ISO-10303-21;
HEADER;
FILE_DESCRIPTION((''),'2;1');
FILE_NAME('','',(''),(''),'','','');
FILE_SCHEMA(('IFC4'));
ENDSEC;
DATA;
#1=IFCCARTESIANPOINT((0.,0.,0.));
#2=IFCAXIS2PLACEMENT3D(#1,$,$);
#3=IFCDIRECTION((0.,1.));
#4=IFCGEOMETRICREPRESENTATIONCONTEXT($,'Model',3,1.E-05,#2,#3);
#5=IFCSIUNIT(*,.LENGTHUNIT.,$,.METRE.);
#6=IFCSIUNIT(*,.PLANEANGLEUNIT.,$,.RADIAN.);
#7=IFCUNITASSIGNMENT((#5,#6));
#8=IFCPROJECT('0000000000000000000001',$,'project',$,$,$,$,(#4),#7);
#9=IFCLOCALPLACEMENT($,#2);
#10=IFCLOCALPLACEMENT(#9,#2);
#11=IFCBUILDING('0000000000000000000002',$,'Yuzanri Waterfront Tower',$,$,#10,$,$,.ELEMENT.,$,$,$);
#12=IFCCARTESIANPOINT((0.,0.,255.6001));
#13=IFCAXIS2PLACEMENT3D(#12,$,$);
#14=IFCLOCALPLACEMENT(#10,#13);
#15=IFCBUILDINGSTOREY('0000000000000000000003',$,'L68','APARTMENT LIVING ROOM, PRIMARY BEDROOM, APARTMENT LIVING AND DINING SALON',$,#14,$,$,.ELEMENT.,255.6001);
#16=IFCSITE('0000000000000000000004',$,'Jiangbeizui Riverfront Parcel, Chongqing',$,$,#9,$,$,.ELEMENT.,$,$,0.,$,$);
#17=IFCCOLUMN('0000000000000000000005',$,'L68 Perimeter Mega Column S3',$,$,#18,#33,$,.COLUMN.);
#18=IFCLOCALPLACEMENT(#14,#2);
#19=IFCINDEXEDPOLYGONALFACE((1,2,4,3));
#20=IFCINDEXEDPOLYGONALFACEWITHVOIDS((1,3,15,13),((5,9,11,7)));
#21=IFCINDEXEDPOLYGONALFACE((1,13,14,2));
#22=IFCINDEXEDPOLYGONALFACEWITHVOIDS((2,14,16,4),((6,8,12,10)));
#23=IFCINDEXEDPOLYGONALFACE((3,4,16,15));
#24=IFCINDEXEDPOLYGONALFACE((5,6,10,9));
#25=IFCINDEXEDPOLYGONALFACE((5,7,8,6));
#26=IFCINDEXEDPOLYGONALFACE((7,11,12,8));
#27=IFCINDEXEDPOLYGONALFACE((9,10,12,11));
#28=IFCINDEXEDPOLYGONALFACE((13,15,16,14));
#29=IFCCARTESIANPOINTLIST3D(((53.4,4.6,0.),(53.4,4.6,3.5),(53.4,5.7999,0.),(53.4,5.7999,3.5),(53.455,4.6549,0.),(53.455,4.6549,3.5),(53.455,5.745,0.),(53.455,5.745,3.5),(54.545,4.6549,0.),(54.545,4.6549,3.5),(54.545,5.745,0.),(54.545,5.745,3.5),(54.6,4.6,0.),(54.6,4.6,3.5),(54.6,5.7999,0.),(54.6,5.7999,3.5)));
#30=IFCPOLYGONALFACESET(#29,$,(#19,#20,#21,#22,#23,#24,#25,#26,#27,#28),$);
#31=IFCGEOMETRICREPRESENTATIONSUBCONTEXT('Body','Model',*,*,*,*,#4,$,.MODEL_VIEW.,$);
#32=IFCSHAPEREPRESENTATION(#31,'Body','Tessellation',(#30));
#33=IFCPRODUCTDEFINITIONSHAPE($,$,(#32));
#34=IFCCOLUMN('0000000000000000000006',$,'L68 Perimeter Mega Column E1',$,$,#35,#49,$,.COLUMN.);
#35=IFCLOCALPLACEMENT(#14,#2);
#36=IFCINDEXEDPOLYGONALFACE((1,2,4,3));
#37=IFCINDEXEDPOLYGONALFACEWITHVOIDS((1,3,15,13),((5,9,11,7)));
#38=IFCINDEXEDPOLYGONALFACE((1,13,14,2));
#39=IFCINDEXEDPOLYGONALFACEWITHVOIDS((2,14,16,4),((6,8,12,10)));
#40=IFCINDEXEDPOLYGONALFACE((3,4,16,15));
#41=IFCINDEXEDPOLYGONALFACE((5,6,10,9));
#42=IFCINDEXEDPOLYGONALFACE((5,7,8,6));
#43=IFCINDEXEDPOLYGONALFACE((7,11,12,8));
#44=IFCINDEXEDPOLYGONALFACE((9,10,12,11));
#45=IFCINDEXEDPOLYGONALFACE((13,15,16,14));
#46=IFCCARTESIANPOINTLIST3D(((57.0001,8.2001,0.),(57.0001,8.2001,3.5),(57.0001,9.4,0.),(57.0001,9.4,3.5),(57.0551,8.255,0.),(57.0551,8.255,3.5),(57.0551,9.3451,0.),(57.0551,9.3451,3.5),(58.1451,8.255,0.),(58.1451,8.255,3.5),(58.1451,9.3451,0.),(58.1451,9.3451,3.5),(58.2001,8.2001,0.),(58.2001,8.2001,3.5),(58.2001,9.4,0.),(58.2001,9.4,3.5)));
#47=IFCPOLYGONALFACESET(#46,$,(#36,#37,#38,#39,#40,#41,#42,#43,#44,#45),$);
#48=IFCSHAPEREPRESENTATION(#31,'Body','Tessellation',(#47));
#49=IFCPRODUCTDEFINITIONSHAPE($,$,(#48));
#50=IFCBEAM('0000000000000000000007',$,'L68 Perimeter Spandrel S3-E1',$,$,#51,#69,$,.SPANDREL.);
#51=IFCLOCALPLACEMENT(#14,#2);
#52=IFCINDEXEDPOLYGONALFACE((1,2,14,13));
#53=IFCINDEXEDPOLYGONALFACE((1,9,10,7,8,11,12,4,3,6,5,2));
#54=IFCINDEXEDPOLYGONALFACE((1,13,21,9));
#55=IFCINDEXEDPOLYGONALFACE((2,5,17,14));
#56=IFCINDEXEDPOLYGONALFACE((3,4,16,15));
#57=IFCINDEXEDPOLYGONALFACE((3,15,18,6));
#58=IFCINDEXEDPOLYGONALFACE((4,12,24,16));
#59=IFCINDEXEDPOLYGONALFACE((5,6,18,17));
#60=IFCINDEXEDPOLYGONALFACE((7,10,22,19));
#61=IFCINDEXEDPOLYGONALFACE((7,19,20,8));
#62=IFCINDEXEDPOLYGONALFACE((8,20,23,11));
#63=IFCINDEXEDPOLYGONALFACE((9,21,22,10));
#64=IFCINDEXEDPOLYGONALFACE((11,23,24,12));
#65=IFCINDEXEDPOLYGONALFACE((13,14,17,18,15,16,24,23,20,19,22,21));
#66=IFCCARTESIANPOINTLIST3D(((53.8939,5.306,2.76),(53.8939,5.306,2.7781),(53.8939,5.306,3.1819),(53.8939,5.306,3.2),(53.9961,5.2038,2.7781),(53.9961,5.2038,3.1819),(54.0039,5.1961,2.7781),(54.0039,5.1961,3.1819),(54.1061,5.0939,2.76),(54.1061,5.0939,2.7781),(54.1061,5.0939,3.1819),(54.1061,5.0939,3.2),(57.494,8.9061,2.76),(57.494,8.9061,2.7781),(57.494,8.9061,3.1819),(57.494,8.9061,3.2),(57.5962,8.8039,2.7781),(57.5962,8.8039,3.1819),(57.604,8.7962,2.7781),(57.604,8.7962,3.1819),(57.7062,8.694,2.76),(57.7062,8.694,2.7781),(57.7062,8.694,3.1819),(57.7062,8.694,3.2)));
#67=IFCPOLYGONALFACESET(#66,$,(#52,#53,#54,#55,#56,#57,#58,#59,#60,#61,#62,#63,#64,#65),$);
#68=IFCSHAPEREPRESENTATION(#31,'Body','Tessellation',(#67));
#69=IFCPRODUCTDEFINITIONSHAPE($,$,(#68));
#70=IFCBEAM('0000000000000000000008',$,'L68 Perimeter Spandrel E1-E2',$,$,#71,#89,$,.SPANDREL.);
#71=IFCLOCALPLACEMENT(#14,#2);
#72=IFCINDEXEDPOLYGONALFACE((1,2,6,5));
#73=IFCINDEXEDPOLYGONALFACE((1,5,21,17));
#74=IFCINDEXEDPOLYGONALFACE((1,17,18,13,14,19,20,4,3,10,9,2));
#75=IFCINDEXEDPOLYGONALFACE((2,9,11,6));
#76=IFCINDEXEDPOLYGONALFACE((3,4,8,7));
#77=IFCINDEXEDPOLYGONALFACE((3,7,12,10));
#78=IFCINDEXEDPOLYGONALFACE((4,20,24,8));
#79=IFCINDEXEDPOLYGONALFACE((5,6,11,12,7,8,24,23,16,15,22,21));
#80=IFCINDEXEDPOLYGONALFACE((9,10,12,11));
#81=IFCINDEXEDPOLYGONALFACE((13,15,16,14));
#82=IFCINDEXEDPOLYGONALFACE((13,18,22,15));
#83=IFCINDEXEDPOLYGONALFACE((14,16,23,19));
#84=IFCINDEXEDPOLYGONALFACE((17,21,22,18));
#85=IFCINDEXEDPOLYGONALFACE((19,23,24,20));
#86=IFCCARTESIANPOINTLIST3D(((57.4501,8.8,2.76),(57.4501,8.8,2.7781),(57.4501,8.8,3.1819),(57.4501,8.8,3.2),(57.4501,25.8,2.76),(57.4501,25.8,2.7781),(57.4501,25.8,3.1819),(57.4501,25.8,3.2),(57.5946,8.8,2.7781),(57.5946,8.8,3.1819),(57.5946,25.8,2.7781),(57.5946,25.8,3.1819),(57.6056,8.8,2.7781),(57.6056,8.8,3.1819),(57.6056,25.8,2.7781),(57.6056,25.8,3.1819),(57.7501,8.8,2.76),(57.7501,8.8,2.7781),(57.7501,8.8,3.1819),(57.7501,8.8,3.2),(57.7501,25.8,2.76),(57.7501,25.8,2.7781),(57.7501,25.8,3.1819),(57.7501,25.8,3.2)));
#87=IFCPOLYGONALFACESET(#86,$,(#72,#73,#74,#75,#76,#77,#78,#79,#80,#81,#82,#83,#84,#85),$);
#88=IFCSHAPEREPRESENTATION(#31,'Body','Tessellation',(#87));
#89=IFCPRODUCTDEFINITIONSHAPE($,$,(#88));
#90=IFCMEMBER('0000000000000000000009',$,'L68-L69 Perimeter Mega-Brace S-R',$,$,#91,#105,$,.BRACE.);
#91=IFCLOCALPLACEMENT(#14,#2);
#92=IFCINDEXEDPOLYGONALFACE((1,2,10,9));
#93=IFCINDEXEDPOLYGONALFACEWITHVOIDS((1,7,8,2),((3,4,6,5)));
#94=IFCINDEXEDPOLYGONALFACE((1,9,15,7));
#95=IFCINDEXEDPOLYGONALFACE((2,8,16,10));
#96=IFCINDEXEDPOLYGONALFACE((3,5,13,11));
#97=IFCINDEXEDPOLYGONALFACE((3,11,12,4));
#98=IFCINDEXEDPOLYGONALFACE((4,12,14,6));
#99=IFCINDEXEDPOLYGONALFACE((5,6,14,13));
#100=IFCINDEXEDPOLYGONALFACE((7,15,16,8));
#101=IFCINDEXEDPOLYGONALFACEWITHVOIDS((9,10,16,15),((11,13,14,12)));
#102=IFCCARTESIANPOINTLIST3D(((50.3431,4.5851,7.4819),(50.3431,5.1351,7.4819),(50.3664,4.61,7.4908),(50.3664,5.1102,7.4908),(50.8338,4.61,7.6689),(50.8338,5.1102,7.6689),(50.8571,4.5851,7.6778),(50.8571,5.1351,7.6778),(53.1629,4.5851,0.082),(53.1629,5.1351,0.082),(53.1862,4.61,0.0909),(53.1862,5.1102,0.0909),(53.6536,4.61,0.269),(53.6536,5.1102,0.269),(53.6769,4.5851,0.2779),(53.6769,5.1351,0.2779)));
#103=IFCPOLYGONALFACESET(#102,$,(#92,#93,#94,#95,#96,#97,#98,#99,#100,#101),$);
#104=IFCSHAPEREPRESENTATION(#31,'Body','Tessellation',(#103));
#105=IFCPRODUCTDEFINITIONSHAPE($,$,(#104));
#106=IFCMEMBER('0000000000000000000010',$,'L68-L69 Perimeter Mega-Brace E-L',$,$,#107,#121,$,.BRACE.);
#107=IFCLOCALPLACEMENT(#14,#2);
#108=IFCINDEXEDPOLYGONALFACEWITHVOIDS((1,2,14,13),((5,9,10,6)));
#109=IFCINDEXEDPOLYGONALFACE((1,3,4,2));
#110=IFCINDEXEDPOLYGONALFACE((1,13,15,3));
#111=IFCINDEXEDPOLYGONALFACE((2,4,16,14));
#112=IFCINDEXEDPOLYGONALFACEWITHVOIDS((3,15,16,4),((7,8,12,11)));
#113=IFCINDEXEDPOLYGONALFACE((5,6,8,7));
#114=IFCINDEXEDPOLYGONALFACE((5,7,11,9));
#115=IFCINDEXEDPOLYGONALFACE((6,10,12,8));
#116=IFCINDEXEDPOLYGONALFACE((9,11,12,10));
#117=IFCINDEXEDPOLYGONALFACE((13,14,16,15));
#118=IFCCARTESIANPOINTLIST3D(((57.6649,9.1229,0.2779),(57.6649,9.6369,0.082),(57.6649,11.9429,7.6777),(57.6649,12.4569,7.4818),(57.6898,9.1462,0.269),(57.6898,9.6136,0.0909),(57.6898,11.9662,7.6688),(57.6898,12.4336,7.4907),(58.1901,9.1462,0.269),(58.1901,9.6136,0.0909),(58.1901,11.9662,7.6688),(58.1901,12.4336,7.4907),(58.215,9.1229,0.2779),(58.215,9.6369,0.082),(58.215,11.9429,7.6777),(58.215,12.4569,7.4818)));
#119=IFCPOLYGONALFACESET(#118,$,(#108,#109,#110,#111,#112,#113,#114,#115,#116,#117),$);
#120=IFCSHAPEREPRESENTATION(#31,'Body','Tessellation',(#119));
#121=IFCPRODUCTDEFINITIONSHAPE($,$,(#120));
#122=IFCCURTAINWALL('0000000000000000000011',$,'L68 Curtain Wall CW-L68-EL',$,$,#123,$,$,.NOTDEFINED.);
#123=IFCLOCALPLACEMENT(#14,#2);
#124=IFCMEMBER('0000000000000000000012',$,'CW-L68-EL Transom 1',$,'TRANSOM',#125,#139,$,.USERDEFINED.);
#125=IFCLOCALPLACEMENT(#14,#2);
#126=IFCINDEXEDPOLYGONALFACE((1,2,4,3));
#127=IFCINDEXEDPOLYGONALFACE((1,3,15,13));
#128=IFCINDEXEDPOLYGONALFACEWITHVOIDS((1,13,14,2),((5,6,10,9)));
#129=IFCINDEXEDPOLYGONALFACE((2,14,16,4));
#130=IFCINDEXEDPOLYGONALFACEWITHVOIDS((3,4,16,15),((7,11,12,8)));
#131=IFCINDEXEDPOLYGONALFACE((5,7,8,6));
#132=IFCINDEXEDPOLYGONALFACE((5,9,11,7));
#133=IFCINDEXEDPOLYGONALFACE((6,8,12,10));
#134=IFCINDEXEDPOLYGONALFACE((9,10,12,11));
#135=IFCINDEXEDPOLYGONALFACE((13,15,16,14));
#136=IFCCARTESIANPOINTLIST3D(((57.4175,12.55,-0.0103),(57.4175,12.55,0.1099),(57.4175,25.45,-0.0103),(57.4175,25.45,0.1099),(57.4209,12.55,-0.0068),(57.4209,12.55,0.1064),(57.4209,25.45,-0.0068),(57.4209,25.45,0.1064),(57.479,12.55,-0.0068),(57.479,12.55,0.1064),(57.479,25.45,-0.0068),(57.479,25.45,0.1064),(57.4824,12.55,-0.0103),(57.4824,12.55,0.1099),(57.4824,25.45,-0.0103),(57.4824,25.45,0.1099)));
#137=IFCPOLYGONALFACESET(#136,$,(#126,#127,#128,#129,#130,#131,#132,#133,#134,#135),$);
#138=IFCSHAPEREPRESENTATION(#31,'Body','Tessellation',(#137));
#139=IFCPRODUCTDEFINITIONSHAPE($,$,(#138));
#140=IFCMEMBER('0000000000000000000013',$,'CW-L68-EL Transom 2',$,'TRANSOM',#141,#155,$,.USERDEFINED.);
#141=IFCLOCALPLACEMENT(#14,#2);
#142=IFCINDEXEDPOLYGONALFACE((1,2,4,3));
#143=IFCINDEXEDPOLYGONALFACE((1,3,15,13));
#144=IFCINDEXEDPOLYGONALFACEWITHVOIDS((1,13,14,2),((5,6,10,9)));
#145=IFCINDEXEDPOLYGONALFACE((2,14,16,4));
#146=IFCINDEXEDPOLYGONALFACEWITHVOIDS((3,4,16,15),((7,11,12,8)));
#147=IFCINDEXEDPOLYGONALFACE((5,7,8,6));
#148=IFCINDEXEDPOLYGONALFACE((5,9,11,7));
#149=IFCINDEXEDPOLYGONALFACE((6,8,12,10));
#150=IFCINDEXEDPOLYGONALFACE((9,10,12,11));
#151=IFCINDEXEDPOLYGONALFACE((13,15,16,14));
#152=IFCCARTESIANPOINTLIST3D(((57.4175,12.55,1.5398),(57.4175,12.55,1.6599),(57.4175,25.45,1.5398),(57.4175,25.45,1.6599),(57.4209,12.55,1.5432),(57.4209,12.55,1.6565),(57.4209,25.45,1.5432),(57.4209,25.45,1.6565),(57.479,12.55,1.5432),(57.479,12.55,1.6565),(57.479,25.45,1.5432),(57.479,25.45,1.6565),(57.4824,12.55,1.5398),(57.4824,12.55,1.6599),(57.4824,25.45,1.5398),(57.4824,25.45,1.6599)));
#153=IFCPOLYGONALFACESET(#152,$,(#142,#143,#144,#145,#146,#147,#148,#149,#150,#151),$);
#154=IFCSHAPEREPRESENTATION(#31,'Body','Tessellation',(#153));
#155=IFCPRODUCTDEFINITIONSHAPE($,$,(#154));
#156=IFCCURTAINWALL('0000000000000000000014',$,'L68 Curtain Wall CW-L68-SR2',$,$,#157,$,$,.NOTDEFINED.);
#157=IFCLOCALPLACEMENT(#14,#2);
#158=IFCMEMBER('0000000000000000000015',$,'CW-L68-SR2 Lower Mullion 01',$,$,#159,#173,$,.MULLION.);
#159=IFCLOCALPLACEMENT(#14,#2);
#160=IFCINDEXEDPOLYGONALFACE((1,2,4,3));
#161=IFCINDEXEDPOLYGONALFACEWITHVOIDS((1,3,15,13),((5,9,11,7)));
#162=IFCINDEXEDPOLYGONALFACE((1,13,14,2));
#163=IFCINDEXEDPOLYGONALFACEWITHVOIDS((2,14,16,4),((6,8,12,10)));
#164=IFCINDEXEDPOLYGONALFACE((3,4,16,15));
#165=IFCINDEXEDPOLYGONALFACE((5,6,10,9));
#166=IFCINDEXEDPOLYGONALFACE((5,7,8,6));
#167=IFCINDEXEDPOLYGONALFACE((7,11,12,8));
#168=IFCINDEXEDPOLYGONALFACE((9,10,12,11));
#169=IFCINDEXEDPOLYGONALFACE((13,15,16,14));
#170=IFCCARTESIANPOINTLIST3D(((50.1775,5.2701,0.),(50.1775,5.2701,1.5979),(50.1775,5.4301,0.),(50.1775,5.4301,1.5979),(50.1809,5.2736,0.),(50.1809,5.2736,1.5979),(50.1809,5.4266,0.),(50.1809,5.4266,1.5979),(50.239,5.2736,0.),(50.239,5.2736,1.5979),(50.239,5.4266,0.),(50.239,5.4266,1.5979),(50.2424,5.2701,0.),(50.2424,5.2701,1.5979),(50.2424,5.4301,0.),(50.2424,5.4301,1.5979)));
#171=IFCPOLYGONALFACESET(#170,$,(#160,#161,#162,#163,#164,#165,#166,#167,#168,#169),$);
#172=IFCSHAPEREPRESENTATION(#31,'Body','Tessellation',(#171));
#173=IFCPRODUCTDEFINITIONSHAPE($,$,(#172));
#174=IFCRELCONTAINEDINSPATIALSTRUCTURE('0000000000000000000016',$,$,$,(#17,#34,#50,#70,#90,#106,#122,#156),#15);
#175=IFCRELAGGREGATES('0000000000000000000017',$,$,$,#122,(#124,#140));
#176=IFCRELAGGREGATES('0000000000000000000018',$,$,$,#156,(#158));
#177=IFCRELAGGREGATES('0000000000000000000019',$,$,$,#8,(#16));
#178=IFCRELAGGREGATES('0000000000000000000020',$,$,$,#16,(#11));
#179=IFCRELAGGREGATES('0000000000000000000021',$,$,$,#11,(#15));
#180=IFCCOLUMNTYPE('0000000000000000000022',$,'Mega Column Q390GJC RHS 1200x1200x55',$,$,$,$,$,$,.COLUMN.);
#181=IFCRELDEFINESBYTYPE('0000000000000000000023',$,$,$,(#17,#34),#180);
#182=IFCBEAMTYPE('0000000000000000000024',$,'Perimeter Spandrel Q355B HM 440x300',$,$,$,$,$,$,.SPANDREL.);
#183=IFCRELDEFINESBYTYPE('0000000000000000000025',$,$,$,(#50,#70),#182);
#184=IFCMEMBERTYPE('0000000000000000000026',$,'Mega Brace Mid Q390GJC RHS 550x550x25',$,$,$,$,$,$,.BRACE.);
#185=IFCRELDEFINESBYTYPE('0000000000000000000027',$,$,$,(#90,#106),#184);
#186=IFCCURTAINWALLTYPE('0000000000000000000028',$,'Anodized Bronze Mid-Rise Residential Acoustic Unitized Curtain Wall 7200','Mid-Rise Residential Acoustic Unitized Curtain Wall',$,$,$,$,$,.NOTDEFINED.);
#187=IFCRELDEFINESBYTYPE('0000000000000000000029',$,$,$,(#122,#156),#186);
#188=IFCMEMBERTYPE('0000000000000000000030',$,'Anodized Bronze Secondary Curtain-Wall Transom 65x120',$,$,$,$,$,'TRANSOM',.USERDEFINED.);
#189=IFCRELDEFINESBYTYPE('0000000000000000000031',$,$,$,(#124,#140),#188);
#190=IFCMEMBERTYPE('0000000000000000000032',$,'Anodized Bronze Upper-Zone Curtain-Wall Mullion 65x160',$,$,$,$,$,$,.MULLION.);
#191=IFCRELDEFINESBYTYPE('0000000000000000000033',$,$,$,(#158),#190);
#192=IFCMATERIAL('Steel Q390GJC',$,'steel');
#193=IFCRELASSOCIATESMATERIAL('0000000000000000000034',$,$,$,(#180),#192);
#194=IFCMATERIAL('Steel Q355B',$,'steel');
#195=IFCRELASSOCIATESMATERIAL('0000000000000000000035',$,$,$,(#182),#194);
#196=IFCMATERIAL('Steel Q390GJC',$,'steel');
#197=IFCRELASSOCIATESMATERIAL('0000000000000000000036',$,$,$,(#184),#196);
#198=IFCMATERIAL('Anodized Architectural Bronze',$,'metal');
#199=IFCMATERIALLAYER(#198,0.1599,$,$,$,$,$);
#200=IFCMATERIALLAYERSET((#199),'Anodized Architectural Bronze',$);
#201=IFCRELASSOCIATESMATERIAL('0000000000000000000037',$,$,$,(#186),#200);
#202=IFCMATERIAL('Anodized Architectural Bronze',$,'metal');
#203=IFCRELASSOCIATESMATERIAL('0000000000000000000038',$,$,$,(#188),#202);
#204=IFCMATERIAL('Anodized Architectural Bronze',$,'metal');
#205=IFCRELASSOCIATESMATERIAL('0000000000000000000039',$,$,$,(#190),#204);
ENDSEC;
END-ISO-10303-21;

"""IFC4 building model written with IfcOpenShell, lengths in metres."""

from ifc_helpers import new_model, si_unit, direction, frame, origin, origin_2d, place, context, subcontext, project, spatial, hollow_rectangle, i_section, extrude, source, transform, mapped, material, layer, layer_set, material_profile, profile_set, type_object, element, aggregate, save


model = new_model("IFC4")

# Units and contexts
model_context = context("Model", 3, precision=1e-05, world=origin(), true_north=direction((0.0, 1.0)))
body_context = subcontext(model_context, "Body", "Model", "MODEL_VIEW")
ifc_project = project(units=[si_unit("LENGTHUNIT", "METRE"), si_unit("PLANEANGLEUNIT", "RADIAN")], contexts=[model_context])

# Site, building, storey
site_placement = place(None, origin())
site = spatial("IfcSite", under=ifc_project, at=site_placement, Name="Jiangbeizui Riverfront Parcel, Chongqing", CompositionType="ELEMENT", RefElevation=0.0)
building_placement = place(site_placement, origin())
building = spatial("IfcBuilding", under=site, at=building_placement, Name="Yuzanri Waterfront Tower", CompositionType="ELEMENT")
storey_placement = place(building_placement, frame((0.0, 0.0, 255.6001)))
storey = spatial("IfcBuildingStorey", under=building, at=storey_placement, Name="L68", Description="APARTMENT LIVING ROOM, PRIMARY BEDROOM, APARTMENT LIVING AND DINING SALON", CompositionType="ELEMENT", Elevation=255.6001)

# Columns
ifc_material_1 = material(Name="Steel Q390GJC", Category="steel")
ifc_material_profile_1 = material_profile(ifc_material_1, hollow_rectangle(XDim=1.2, YDim=1.2, WallThickness=0.0549, at=origin_2d()), Name="RHS 1200x1200x55")
ifc_profile_set_1 = profile_set([ifc_material_profile_1], Name="Steel Q390GJC")
column_type = type_object("IfcColumnType", Name="Mega Column Q390GJC RHS 1200x1200x55", PredefinedType="COLUMN", material=ifc_profile_set_1)
shared_shape_1 = source(origin(), body_context, "Body", "SweptSolid", [
    extrude(hollow_rectangle(XDim=1.2, YDim=1.2, WallThickness=0.0549, at=origin_2d()), origin(), (0.0, 0.0, 1.0), 3.5),
])
for number, where, z_axis, x_axis, name in (
    (1, (54.0, 5.2, 0.0), (0.0, 0.0, 1.0), (1.0, 0.0, 0.0), "L68 Perimeter Mega Column S3"),
    (2, (57.6001, 8.8, 0.0), (0.0, 0.0, 1.0), (1.0, 0.0, 0.0), "L68 Perimeter Mega Column E1"),
):
    element("IfcColumn", number, at=place(storey_placement, frame(where, z_axis=z_axis, x_axis=x_axis)), inside=storey, type_object=column_type, Name=name, PredefinedType="COLUMN", context=body_context, shape_type="MappedRepresentation", body=[
        mapped(shared_shape_1, transform((0.0, 0.0, 0.0), scale=1.0)),
    ])

# Beams
ifc_material_2 = material(Name="Steel Q355B", Category="steel")
ifc_material_profile_2 = material_profile(ifc_material_2, i_section(OverallWidth=0.3, OverallDepth=0.4399, WebThickness=0.011, FlangeThickness=0.0181, at=origin_2d()), Name="HM 440x300x11x18")
ifc_profile_set_2 = profile_set([ifc_material_profile_2], Name="Steel Q355B")
beam_type = type_object("IfcBeamType", Name="Perimeter Spandrel Q355B HM 440x300", PredefinedType="SPANDREL", material=ifc_profile_set_2)
shared_shape_2 = source(origin(), body_context, "Body", "SweptSolid", [
    extrude(i_section(OverallWidth=0.3, OverallDepth=0.4399, WebThickness=0.011, FlangeThickness=0.0181, at=origin_2d()), origin(), (0.0, 0.0, 1.0), 5.0913),
])
beam_1_placement = place(storey_placement, frame((54.0, 5.2, 2.98), z_axis=(0.707107, 0.707107, 0.0), x_axis=(-0.707107, 0.707107, 0.0)))
element("IfcBeam", 3, at=beam_1_placement, inside=storey, type_object=beam_type, Name="L68 Perimeter Spandrel S3-E1", PredefinedType="SPANDREL", context=body_context, shape_type="MappedRepresentation", body=[
    mapped(shared_shape_2, transform((0.0, 0.0, 0.0), scale=1.0)),
])
shared_shape_3 = source(origin(), body_context, "Body", "SweptSolid", [
    extrude(i_section(OverallWidth=0.3, OverallDepth=0.4399, WebThickness=0.011, FlangeThickness=0.0181, at=origin_2d()), origin(), (0.0, 0.0, 1.0), 17.0),
])
beam_2_placement = place(storey_placement, frame((57.6001, 8.8, 2.98), z_axis=(0.0, 1.0, 0.0), x_axis=(-1.0, 0.0, 0.0)))
element("IfcBeam", 4, at=beam_2_placement, inside=storey, type_object=beam_type, Name="L68 Perimeter Spandrel E1-E2", PredefinedType="SPANDREL", context=body_context, shape_type="MappedRepresentation", body=[
    mapped(shared_shape_3, transform((0.0, 0.0, 0.0), scale=1.0)),
])

# Members
ifc_material_3 = material(Name="Steel Q390GJC", Category="steel")
ifc_material_profile_3 = material_profile(ifc_material_3, hollow_rectangle(XDim=0.55, YDim=0.55, WallThickness=0.0249, at=origin_2d()), Name="RHS 550x550x25")
ifc_profile_set_3 = profile_set([ifc_material_profile_3], Name="Steel Q390GJC")
member_type_1 = type_object("IfcMemberType", Name="Mega Brace Mid Q390GJC RHS 550x550x25", PredefinedType="BRACE", material=ifc_profile_set_3)
shared_shape_4 = source(origin(), body_context, "Body", "SweptSolid", [
    extrude(hollow_rectangle(XDim=0.55, YDim=0.55, WallThickness=0.0249, at=origin_2d()), origin(), (0.0, 0.0, 1.0), 7.9189),
])
for number, where, z_axis, x_axis, name in (
    (5, (53.4199, 4.8601, 0.1799), (-0.356085, 0.0, 0.934454), (0.0, -1.0, 0.0), "L68-L69 Perimeter Mega-Brace S-R"),
    (6, (57.9399, 9.3799, 0.1799), (0.0, 0.356112, 0.934443), (-1.0, 0.0, 0.0), "L68-L69 Perimeter Mega-Brace E-L"),
):
    element("IfcMember", number, at=place(storey_placement, frame(where, z_axis=z_axis, x_axis=x_axis)), inside=storey, type_object=member_type_1, Name=name, PredefinedType="BRACE", context=body_context, shape_type="MappedRepresentation", body=[
        mapped(shared_shape_4, transform((0.0, 0.0, 0.0), scale=1.0)),
    ])

# Curtain walls, members
ifc_material_4 = material(Name="Anodized Architectural Bronze", Category="metal")
ifc_layer_1 = layer(ifc_material_4, 0.1599)
ifc_layer_set_1 = layer_set([ifc_layer_1], Name="Anodized Architectural Bronze")
curtain_wall_type = type_object("IfcCurtainWallType", Name="Anodized Bronze Mid-Rise Residential Acoustic Unitized Curtain Wall 7200", Description="Mid-Rise Residential Acoustic Unitized Curtain Wall", PredefinedType="NOTDEFINED", material=ifc_layer_set_1)
curtain_wall_1_placement = place(storey_placement, origin())
curtain_wall_1 = element("IfcCurtainWall", 7, at=curtain_wall_1_placement, inside=storey, type_object=curtain_wall_type, Name="L68 Curtain Wall CW-L68-EL", PredefinedType="NOTDEFINED")
ifc_material_5 = material(Name="Anodized Architectural Bronze", Category="metal")
ifc_material_profile_4 = material_profile(ifc_material_5, hollow_rectangle(XDim=0.0649, YDim=0.1201, WallThickness=0.0034, at=origin_2d()), Name="CWT 65x120")
ifc_profile_set_4 = profile_set([ifc_material_profile_4], Name="Anodized Architectural Bronze")
member_type_2 = type_object("IfcMemberType", Name="Anodized Bronze Secondary Curtain-Wall Transom 65x120", ElementType="TRANSOM", PredefinedType="USERDEFINED", material=ifc_profile_set_4)
shared_shape_5 = source(origin(), body_context, "Body", "SweptSolid", [
    extrude(hollow_rectangle(XDim=0.0649, YDim=0.1201, WallThickness=0.0034, at=origin_2d()), origin(), (0.0, 0.0, 1.0), 12.8999),
])
member_1_placement = place(storey_placement, frame((57.45, 12.55, 0.0498), z_axis=(0.0, 1.0, 0.0), x_axis=(-1.0, 0.0, 0.0)))
member_1 = element("IfcMember", 8, at=member_1_placement, type_object=member_type_2, Name="CW-L68-EL Transom 1", ObjectType="TRANSOM", PredefinedType="USERDEFINED", context=body_context, shape_type="MappedRepresentation", body=[
    mapped(shared_shape_5, transform((0.0, 0.0, 0.0), scale=1.0)),
])
member_2_placement = place(storey_placement, frame((57.45, 12.55, 1.5999), z_axis=(0.0, 1.0, 0.0), x_axis=(-1.0, 0.0, 0.0)))
member_2 = element("IfcMember", 9, at=member_2_placement, type_object=member_type_2, Name="CW-L68-EL Transom 2", ObjectType="TRANSOM", PredefinedType="USERDEFINED", context=body_context, shape_type="MappedRepresentation", body=[
    mapped(shared_shape_5, transform((0.0, 0.0, 0.0), scale=1.0)),
])
aggregate(curtain_wall_1, [member_1, member_2])
curtain_wall_2_placement = place(storey_placement, origin())
curtain_wall_2 = element("IfcCurtainWall", 10, at=curtain_wall_2_placement, inside=storey, type_object=curtain_wall_type, Name="L68 Curtain Wall CW-L68-SR2", PredefinedType="NOTDEFINED")
ifc_material_6 = material(Name="Anodized Architectural Bronze", Category="metal")
ifc_material_profile_5 = material_profile(ifc_material_6, hollow_rectangle(XDim=0.0649, YDim=0.1599, WallThickness=0.0034, at=origin_2d()), Name="CWM 65x160")
ifc_profile_set_5 = profile_set([ifc_material_profile_5], Name="Anodized Architectural Bronze")
member_type_3 = type_object("IfcMemberType", Name="Anodized Bronze Upper-Zone Curtain-Wall Mullion 65x160", PredefinedType="MULLION", material=ifc_profile_set_5)
shared_shape_6 = source(origin(), body_context, "Body", "SweptSolid", [
    extrude(hollow_rectangle(XDim=0.0649, YDim=0.1599, WallThickness=0.0034, at=origin_2d()), origin(), (0.0, 0.0, 1.0), 1.5979),
])
member_3_placement = place(storey_placement, frame((50.21, 5.3501, 0.0), z_axis=(0.0, 0.0, 1.0), x_axis=(1.0, 0.0, 0.0)))
member_3 = element("IfcMember", 11, at=member_3_placement, type_object=member_type_3, Name="CW-L68-SR2 Lower Mullion 01", PredefinedType="MULLION", context=body_context, shape_type="MappedRepresentation", body=[
    mapped(shared_shape_6, transform((0.0, 0.0, 0.0), scale=1.0)),
])
aggregate(curtain_wall_2, [member_3])

save(model, "model.ifc")
